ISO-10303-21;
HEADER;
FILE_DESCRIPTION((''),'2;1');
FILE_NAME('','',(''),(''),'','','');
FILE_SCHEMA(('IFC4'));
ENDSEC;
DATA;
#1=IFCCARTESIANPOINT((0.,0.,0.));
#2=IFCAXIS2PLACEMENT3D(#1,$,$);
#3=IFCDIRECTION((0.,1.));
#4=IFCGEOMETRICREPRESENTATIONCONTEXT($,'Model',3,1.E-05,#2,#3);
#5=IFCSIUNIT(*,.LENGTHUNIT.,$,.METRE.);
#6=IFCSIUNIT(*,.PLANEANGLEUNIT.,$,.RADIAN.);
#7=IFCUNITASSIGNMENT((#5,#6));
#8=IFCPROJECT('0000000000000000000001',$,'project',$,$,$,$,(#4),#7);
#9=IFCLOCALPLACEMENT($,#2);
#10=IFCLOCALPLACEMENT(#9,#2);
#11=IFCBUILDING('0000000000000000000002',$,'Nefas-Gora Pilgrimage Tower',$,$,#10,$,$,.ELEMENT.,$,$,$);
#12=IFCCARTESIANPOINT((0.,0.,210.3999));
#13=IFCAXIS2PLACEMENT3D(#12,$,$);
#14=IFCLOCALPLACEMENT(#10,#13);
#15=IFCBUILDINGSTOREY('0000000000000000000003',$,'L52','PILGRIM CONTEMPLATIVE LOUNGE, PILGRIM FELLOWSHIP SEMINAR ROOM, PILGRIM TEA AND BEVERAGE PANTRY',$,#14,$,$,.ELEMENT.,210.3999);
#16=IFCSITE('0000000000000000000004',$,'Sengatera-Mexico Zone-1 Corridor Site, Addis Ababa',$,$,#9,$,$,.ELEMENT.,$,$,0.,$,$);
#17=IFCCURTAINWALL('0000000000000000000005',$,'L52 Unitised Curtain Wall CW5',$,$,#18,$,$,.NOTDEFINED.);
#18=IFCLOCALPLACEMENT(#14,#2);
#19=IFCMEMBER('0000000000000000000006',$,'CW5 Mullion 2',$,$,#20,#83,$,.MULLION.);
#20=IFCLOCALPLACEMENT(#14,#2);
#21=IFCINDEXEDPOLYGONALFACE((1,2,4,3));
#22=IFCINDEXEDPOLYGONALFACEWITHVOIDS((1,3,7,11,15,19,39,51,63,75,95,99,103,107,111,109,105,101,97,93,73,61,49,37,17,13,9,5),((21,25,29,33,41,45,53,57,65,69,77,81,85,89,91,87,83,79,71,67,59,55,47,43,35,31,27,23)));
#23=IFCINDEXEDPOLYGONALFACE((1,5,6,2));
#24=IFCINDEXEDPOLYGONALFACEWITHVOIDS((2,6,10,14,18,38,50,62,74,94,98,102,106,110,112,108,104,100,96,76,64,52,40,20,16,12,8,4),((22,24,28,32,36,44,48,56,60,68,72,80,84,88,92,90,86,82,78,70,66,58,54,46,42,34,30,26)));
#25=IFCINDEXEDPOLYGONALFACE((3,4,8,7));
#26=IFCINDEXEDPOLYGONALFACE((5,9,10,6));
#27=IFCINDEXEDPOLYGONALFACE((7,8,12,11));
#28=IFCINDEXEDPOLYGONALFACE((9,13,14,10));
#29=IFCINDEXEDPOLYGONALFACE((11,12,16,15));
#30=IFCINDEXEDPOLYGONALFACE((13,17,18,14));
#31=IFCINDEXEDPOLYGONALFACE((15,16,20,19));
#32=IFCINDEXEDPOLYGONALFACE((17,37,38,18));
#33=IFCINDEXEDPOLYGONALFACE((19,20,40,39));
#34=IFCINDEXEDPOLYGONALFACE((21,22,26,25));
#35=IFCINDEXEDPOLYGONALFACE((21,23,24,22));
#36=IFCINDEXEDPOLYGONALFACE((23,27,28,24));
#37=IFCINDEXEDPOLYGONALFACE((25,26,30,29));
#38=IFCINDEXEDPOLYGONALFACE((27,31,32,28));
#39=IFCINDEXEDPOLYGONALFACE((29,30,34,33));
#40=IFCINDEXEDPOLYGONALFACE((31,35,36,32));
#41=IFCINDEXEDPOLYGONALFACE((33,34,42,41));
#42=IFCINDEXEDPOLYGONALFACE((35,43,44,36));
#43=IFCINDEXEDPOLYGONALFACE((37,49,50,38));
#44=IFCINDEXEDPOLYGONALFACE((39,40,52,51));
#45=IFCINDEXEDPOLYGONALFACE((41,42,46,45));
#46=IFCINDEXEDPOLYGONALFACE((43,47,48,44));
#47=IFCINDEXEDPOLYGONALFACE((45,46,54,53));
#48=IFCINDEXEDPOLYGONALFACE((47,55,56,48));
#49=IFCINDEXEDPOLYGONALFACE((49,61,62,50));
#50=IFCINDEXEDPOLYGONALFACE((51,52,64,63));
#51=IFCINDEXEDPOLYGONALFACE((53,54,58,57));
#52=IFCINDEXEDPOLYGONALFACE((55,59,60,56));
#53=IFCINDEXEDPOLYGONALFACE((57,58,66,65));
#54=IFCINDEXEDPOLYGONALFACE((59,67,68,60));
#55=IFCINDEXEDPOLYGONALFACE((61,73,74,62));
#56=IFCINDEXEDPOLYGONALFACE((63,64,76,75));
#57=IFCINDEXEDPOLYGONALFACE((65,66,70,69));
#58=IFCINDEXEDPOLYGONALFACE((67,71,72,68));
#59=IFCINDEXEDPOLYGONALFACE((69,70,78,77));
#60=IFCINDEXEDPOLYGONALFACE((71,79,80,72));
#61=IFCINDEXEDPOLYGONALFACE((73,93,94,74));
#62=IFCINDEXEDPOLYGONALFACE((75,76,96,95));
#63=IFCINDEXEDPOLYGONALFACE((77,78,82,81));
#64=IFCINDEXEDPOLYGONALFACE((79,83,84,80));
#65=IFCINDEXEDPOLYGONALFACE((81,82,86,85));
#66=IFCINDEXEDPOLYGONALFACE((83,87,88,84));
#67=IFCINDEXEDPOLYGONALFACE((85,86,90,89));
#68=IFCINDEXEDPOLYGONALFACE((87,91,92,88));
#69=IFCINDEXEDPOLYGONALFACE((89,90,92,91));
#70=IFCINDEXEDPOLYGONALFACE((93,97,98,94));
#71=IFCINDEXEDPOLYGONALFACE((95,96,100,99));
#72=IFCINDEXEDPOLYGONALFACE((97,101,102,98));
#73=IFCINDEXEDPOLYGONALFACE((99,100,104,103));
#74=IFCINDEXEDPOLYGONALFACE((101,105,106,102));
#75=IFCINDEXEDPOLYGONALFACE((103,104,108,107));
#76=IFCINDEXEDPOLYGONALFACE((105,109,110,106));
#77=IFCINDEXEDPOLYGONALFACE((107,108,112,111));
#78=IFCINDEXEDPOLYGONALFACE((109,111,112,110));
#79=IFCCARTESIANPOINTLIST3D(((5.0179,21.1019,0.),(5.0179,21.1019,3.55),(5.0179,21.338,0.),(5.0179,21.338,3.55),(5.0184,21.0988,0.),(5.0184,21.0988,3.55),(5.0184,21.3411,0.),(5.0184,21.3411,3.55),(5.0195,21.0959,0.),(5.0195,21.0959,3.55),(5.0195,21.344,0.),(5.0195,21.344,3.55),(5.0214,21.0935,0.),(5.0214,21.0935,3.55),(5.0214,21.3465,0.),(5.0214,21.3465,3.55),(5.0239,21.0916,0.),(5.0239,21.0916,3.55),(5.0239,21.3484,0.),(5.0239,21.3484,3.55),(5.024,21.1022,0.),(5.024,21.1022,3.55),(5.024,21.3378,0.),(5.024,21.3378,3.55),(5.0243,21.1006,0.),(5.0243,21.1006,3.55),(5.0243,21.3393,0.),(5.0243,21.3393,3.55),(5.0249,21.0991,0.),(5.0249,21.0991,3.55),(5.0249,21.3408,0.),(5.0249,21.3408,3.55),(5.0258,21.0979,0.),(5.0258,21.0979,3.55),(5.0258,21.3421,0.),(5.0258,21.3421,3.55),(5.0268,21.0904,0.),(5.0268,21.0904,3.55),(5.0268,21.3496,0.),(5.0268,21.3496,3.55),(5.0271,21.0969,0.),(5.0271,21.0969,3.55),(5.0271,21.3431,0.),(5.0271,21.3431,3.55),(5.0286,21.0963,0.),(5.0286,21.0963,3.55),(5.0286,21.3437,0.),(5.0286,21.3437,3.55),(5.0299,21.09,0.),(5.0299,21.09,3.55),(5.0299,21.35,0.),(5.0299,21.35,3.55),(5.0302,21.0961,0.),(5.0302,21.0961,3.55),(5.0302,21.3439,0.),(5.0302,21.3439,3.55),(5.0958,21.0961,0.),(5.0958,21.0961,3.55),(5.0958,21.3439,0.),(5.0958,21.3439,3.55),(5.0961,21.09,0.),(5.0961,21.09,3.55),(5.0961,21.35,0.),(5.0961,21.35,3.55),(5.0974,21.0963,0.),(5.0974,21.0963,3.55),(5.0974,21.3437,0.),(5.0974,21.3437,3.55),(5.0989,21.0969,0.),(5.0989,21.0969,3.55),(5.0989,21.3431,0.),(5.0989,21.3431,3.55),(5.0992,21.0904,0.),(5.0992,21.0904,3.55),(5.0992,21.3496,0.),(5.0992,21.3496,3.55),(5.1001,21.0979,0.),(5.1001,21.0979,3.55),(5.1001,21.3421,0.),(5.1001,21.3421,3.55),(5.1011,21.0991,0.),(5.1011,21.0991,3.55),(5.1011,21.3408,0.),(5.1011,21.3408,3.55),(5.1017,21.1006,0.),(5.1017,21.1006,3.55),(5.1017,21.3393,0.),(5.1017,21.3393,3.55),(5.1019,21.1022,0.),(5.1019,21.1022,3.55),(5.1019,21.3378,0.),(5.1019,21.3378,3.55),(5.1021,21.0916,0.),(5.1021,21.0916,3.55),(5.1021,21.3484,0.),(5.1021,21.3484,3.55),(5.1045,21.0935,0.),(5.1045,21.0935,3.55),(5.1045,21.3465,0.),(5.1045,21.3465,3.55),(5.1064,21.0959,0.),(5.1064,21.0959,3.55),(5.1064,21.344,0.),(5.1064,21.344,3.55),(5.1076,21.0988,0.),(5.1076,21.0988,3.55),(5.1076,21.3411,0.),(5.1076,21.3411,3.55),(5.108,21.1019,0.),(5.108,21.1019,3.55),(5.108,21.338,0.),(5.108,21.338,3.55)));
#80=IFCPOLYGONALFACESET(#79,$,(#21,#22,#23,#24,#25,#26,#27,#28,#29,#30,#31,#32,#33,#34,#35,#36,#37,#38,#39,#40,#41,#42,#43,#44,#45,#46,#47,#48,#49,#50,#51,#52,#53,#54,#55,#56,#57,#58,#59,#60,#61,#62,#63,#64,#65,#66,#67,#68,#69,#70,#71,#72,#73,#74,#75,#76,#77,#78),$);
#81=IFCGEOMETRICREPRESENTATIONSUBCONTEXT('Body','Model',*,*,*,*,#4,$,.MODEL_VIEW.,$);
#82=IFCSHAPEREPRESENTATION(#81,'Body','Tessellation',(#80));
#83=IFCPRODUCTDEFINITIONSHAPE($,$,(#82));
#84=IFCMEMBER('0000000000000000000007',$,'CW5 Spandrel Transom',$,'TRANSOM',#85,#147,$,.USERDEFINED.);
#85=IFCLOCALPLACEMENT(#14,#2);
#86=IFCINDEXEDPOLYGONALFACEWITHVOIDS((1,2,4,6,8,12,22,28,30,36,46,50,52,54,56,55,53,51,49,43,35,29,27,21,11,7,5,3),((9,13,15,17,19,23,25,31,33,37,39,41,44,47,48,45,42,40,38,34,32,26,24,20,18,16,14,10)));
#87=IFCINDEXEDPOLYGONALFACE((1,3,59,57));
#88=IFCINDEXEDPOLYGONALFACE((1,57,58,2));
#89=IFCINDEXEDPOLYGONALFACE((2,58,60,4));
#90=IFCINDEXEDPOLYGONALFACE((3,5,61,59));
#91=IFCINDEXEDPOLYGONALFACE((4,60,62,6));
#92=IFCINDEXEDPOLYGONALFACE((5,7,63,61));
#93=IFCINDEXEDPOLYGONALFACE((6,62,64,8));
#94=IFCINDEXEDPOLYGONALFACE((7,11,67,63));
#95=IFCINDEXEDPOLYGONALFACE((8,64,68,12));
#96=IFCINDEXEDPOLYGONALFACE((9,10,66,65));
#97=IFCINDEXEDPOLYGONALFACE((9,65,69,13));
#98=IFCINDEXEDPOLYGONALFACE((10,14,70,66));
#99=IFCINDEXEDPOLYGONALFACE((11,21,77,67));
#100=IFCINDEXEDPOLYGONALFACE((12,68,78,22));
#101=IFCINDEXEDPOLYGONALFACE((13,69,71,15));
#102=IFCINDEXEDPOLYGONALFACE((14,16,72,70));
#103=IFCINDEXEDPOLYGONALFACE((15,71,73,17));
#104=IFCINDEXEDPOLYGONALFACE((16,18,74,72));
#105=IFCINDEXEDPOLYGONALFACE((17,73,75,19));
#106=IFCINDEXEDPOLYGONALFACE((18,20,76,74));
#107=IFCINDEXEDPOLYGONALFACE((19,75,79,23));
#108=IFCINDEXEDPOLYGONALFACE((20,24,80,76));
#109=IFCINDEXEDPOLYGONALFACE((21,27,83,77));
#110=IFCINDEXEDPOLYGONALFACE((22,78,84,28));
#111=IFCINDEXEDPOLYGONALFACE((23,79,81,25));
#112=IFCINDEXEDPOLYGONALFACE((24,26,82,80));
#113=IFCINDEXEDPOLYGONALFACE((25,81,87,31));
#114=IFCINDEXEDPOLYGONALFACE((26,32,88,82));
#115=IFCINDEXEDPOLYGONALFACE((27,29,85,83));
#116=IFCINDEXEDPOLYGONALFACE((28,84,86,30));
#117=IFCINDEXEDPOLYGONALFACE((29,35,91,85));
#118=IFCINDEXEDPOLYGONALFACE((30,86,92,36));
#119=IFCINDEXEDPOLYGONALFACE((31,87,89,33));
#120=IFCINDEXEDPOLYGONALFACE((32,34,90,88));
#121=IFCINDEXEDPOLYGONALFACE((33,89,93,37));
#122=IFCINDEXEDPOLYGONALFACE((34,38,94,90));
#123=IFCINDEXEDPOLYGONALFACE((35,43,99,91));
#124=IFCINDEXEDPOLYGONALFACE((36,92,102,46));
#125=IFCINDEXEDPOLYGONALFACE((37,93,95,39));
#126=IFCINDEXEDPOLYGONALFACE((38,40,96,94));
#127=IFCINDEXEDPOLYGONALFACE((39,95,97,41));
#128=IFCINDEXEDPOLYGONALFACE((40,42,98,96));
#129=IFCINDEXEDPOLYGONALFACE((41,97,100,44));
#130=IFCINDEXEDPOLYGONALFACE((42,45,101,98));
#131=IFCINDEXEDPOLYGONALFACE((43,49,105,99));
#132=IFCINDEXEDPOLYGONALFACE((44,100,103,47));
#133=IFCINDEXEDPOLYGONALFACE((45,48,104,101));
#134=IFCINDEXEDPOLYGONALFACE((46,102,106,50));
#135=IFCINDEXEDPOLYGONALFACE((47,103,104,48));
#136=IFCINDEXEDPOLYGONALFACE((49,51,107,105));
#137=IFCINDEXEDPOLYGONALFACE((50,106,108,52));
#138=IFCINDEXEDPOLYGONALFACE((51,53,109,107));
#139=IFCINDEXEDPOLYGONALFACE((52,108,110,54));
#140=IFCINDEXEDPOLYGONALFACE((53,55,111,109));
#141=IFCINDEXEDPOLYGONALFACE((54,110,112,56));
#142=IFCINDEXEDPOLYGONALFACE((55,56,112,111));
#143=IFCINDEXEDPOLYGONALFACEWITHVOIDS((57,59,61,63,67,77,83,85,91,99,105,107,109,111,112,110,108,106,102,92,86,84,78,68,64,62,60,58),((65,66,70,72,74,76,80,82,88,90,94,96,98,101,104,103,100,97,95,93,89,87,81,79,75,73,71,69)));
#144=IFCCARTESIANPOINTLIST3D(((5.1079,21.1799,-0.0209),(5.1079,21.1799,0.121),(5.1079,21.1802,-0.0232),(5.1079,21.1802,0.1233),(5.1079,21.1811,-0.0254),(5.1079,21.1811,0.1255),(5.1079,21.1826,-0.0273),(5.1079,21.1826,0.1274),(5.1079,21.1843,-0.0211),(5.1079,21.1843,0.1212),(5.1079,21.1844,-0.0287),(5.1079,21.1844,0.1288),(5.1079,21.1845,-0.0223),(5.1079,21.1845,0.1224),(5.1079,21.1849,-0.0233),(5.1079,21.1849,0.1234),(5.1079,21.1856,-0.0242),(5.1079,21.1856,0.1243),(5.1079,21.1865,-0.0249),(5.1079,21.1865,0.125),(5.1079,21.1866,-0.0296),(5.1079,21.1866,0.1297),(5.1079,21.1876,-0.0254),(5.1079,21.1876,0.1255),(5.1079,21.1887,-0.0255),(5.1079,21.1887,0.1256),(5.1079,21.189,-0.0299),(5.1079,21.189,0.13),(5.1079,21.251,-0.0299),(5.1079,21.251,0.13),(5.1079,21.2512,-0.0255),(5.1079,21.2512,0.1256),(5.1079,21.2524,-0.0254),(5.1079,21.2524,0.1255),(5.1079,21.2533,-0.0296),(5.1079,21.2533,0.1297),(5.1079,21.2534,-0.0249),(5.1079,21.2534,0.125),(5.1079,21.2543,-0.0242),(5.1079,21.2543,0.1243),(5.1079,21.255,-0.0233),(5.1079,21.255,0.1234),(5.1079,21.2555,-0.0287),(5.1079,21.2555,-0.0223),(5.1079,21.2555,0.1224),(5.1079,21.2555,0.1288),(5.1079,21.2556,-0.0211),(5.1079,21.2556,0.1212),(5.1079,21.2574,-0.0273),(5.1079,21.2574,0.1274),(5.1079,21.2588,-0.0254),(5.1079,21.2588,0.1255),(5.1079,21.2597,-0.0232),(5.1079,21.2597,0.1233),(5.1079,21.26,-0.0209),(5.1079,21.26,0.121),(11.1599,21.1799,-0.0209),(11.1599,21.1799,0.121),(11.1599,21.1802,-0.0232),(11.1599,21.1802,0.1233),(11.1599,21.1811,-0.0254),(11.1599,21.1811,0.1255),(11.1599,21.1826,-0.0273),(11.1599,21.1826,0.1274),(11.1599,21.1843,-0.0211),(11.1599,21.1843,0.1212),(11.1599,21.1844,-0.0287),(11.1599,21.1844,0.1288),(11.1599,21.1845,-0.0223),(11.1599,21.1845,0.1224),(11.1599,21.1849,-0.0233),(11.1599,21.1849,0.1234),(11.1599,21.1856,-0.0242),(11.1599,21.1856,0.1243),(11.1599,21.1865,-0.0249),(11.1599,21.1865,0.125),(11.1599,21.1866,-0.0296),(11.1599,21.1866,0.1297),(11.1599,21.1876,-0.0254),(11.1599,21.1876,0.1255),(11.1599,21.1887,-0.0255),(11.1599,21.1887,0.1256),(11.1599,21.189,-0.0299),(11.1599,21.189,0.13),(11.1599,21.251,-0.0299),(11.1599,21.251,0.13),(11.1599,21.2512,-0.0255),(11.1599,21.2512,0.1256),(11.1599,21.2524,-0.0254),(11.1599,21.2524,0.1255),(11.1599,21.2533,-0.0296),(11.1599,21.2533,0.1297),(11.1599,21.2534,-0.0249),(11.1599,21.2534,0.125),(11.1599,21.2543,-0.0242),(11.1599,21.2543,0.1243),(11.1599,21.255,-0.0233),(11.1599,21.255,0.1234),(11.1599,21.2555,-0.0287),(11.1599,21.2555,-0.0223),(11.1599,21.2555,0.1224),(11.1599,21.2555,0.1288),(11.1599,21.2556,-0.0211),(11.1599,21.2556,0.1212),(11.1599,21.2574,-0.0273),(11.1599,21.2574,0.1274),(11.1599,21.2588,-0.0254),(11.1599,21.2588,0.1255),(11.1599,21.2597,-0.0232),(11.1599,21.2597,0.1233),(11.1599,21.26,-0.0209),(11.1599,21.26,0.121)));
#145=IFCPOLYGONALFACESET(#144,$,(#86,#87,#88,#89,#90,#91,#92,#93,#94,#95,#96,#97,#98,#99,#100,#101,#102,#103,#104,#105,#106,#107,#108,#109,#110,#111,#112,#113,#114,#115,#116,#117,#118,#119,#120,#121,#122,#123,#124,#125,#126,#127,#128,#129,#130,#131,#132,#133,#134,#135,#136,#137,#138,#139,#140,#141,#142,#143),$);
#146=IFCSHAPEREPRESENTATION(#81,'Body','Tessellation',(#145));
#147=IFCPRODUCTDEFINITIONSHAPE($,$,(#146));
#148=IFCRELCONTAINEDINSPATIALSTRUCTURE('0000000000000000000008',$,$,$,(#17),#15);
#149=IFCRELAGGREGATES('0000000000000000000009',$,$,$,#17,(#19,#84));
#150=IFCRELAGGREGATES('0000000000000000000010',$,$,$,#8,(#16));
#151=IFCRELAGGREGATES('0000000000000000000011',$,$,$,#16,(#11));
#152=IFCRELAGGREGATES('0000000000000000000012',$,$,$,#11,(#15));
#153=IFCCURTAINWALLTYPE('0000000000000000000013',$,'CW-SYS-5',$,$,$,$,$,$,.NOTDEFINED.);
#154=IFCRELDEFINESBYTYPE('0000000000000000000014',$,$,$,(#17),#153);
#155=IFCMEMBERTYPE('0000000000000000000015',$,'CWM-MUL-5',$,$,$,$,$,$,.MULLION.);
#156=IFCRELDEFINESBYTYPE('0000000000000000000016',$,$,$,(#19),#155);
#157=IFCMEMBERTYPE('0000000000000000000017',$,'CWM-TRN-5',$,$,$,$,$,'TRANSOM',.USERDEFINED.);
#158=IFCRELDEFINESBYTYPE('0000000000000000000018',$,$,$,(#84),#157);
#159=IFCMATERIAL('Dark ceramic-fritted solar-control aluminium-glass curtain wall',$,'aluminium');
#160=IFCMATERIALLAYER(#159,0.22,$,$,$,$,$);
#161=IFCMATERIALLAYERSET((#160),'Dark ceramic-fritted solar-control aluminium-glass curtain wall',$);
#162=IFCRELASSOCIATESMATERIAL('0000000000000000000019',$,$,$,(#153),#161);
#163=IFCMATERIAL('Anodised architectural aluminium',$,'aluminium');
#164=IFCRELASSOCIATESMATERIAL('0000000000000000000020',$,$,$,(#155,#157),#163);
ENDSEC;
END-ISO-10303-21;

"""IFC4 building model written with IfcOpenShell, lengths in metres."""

from ifc_helpers import new_model, si_unit, direction, frame, origin, origin_2d, place, context, subcontext, project, spatial, hollow_rectangle, extrude, source, transform, mapped, material, layer, layer_set, material_profile, profile_set, type_object, element, aggregate, save


model = new_model("IFC4")

# Units and contexts
model_context = context("Model", 3, precision=1e-05, world=origin(), true_north=direction((0.0, 1.0)))
body_context = subcontext(model_context, "Body", "Model", "MODEL_VIEW")
ifc_project = project(units=[si_unit("LENGTHUNIT", "METRE"), si_unit("PLANEANGLEUNIT", "RADIAN")], contexts=[model_context])

# Site, building, storey
site_placement = place(None, origin())
site = spatial("IfcSite", under=ifc_project, at=site_placement, Name="Sengatera-Mexico Zone-1 Corridor Site, Addis Ababa", CompositionType="ELEMENT", RefElevation=0.0)
building_placement = place(site_placement, origin())
building = spatial("IfcBuilding", under=site, at=building_placement, Name="Nefas-Gora Pilgrimage Tower", CompositionType="ELEMENT")
storey_placement = place(building_placement, frame((0.0, 0.0, 210.3999)))
storey = spatial("IfcBuildingStorey", under=building, at=storey_placement, Name="L52", Description="PILGRIM CONTEMPLATIVE LOUNGE, PILGRIM FELLOWSHIP SEMINAR ROOM, PILGRIM TEA AND BEVERAGE PANTRY", CompositionType="ELEMENT", Elevation=210.3999)

# Curtain wall, members
ifc_material_1 = material(Name="Dark ceramic-fritted solar-control aluminium-glass curtain wall", Category="aluminium")
ifc_layer_1 = layer(ifc_material_1, 0.22)
ifc_layer_set_1 = layer_set([ifc_layer_1], Name="Dark ceramic-fritted solar-control aluminium-glass curtain wall")
curtain_wall_type_1 = type_object("IfcCurtainWallType", Name="CW-SYS-5", PredefinedType="NOTDEFINED", material=ifc_layer_set_1)
curtain_wall_1_placement = place(storey_placement, origin())
curtain_wall_1 = element("IfcCurtainWall", 1, at=curtain_wall_1_placement, inside=storey, type_object=curtain_wall_type_1, Name="L52 Unitised Curtain Wall CW5", PredefinedType="NOTDEFINED")
ifc_material_2 = material(Name="Anodised architectural aluminium", Category="aluminium")
ifc_material_profile_1 = material_profile(ifc_material_2, hollow_rectangle(XDim=0.0901, YDim=0.26, WallThickness=0.0061, InnerFilletRadius=0.0061, OuterFilletRadius=0.012, at=origin_2d()), Name="ALU MULLION 90x260")
ifc_profile_set_1 = profile_set([ifc_material_profile_1], Name="Anodised architectural aluminium")
member_type_1 = type_object("IfcMemberType", Name="CWM-MUL-5", PredefinedType="MULLION", material=ifc_profile_set_1)
shared_shape_1 = source(origin(), body_context, "Body", "SweptSolid", [
    extrude(hollow_rectangle(XDim=0.0901, YDim=0.26, WallThickness=0.0061, InnerFilletRadius=0.0061, OuterFilletRadius=0.012, at=origin_2d()), origin(), (0.0, 0.0, 1.0), 3.55),
])
member_1_placement = place(storey_placement, frame((5.063, 21.22, 0.0), z_axis=(0.0, 0.0, 1.0), x_axis=(-1.0, 0.0, 0.0)))
member_1 = element("IfcMember", 2, at=member_1_placement, type_object=member_type_1, Name="CW5 Mullion 2", PredefinedType="MULLION", context=body_context, shape_type="MappedRepresentation", body=[
    mapped(shared_shape_1, transform((0.0, 0.0, 0.0), x_axis=(1.0, 0.0, 0.0), y_axis=(0.0, 1.0, 0.0), z_axis=(0.0, 0.0, 1.0), scale=1.0)),
])
ifc_material_profile_2 = material_profile(ifc_material_2, hollow_rectangle(XDim=0.0801, YDim=0.1599, WallThickness=0.0044, InnerFilletRadius=0.0044, OuterFilletRadius=0.009, at=origin_2d()), Name="ALU TRANSOM 80x160")
ifc_profile_set_2 = profile_set([ifc_material_profile_2], Name="Anodised architectural aluminium")
member_type_2 = type_object("IfcMemberType", Name="CWM-TRN-5", ElementType="TRANSOM", PredefinedType="USERDEFINED", material=ifc_profile_set_2)
shared_shape_2 = source(origin(), body_context, "Body", "SweptSolid", [
    extrude(hollow_rectangle(XDim=0.0801, YDim=0.1599, WallThickness=0.0044, InnerFilletRadius=0.0044, OuterFilletRadius=0.009, at=origin_2d()), origin(), (0.0, 0.0, 1.0), 6.052),
])
member_2_placement = place(storey_placement, frame((11.1599, 21.22, 0.05), z_axis=(-1.0, 0.0, 0.0), x_axis=(0.0, -1.0, 0.0)))
member_2 = element("IfcMember", 3, at=member_2_placement, type_object=member_type_2, Name="CW5 Spandrel Transom", ObjectType="TRANSOM", PredefinedType="USERDEFINED", context=body_context, shape_type="MappedRepresentation", body=[
    mapped(shared_shape_2, transform((0.0, 0.0, 0.0), x_axis=(1.0, 0.0, 0.0), y_axis=(0.0, 1.0, 0.0), z_axis=(0.0, 0.0, 1.0), scale=1.0)),
])

aggregate(curtain_wall_1, [member_1, member_2])

save(model, "model.ifc")
